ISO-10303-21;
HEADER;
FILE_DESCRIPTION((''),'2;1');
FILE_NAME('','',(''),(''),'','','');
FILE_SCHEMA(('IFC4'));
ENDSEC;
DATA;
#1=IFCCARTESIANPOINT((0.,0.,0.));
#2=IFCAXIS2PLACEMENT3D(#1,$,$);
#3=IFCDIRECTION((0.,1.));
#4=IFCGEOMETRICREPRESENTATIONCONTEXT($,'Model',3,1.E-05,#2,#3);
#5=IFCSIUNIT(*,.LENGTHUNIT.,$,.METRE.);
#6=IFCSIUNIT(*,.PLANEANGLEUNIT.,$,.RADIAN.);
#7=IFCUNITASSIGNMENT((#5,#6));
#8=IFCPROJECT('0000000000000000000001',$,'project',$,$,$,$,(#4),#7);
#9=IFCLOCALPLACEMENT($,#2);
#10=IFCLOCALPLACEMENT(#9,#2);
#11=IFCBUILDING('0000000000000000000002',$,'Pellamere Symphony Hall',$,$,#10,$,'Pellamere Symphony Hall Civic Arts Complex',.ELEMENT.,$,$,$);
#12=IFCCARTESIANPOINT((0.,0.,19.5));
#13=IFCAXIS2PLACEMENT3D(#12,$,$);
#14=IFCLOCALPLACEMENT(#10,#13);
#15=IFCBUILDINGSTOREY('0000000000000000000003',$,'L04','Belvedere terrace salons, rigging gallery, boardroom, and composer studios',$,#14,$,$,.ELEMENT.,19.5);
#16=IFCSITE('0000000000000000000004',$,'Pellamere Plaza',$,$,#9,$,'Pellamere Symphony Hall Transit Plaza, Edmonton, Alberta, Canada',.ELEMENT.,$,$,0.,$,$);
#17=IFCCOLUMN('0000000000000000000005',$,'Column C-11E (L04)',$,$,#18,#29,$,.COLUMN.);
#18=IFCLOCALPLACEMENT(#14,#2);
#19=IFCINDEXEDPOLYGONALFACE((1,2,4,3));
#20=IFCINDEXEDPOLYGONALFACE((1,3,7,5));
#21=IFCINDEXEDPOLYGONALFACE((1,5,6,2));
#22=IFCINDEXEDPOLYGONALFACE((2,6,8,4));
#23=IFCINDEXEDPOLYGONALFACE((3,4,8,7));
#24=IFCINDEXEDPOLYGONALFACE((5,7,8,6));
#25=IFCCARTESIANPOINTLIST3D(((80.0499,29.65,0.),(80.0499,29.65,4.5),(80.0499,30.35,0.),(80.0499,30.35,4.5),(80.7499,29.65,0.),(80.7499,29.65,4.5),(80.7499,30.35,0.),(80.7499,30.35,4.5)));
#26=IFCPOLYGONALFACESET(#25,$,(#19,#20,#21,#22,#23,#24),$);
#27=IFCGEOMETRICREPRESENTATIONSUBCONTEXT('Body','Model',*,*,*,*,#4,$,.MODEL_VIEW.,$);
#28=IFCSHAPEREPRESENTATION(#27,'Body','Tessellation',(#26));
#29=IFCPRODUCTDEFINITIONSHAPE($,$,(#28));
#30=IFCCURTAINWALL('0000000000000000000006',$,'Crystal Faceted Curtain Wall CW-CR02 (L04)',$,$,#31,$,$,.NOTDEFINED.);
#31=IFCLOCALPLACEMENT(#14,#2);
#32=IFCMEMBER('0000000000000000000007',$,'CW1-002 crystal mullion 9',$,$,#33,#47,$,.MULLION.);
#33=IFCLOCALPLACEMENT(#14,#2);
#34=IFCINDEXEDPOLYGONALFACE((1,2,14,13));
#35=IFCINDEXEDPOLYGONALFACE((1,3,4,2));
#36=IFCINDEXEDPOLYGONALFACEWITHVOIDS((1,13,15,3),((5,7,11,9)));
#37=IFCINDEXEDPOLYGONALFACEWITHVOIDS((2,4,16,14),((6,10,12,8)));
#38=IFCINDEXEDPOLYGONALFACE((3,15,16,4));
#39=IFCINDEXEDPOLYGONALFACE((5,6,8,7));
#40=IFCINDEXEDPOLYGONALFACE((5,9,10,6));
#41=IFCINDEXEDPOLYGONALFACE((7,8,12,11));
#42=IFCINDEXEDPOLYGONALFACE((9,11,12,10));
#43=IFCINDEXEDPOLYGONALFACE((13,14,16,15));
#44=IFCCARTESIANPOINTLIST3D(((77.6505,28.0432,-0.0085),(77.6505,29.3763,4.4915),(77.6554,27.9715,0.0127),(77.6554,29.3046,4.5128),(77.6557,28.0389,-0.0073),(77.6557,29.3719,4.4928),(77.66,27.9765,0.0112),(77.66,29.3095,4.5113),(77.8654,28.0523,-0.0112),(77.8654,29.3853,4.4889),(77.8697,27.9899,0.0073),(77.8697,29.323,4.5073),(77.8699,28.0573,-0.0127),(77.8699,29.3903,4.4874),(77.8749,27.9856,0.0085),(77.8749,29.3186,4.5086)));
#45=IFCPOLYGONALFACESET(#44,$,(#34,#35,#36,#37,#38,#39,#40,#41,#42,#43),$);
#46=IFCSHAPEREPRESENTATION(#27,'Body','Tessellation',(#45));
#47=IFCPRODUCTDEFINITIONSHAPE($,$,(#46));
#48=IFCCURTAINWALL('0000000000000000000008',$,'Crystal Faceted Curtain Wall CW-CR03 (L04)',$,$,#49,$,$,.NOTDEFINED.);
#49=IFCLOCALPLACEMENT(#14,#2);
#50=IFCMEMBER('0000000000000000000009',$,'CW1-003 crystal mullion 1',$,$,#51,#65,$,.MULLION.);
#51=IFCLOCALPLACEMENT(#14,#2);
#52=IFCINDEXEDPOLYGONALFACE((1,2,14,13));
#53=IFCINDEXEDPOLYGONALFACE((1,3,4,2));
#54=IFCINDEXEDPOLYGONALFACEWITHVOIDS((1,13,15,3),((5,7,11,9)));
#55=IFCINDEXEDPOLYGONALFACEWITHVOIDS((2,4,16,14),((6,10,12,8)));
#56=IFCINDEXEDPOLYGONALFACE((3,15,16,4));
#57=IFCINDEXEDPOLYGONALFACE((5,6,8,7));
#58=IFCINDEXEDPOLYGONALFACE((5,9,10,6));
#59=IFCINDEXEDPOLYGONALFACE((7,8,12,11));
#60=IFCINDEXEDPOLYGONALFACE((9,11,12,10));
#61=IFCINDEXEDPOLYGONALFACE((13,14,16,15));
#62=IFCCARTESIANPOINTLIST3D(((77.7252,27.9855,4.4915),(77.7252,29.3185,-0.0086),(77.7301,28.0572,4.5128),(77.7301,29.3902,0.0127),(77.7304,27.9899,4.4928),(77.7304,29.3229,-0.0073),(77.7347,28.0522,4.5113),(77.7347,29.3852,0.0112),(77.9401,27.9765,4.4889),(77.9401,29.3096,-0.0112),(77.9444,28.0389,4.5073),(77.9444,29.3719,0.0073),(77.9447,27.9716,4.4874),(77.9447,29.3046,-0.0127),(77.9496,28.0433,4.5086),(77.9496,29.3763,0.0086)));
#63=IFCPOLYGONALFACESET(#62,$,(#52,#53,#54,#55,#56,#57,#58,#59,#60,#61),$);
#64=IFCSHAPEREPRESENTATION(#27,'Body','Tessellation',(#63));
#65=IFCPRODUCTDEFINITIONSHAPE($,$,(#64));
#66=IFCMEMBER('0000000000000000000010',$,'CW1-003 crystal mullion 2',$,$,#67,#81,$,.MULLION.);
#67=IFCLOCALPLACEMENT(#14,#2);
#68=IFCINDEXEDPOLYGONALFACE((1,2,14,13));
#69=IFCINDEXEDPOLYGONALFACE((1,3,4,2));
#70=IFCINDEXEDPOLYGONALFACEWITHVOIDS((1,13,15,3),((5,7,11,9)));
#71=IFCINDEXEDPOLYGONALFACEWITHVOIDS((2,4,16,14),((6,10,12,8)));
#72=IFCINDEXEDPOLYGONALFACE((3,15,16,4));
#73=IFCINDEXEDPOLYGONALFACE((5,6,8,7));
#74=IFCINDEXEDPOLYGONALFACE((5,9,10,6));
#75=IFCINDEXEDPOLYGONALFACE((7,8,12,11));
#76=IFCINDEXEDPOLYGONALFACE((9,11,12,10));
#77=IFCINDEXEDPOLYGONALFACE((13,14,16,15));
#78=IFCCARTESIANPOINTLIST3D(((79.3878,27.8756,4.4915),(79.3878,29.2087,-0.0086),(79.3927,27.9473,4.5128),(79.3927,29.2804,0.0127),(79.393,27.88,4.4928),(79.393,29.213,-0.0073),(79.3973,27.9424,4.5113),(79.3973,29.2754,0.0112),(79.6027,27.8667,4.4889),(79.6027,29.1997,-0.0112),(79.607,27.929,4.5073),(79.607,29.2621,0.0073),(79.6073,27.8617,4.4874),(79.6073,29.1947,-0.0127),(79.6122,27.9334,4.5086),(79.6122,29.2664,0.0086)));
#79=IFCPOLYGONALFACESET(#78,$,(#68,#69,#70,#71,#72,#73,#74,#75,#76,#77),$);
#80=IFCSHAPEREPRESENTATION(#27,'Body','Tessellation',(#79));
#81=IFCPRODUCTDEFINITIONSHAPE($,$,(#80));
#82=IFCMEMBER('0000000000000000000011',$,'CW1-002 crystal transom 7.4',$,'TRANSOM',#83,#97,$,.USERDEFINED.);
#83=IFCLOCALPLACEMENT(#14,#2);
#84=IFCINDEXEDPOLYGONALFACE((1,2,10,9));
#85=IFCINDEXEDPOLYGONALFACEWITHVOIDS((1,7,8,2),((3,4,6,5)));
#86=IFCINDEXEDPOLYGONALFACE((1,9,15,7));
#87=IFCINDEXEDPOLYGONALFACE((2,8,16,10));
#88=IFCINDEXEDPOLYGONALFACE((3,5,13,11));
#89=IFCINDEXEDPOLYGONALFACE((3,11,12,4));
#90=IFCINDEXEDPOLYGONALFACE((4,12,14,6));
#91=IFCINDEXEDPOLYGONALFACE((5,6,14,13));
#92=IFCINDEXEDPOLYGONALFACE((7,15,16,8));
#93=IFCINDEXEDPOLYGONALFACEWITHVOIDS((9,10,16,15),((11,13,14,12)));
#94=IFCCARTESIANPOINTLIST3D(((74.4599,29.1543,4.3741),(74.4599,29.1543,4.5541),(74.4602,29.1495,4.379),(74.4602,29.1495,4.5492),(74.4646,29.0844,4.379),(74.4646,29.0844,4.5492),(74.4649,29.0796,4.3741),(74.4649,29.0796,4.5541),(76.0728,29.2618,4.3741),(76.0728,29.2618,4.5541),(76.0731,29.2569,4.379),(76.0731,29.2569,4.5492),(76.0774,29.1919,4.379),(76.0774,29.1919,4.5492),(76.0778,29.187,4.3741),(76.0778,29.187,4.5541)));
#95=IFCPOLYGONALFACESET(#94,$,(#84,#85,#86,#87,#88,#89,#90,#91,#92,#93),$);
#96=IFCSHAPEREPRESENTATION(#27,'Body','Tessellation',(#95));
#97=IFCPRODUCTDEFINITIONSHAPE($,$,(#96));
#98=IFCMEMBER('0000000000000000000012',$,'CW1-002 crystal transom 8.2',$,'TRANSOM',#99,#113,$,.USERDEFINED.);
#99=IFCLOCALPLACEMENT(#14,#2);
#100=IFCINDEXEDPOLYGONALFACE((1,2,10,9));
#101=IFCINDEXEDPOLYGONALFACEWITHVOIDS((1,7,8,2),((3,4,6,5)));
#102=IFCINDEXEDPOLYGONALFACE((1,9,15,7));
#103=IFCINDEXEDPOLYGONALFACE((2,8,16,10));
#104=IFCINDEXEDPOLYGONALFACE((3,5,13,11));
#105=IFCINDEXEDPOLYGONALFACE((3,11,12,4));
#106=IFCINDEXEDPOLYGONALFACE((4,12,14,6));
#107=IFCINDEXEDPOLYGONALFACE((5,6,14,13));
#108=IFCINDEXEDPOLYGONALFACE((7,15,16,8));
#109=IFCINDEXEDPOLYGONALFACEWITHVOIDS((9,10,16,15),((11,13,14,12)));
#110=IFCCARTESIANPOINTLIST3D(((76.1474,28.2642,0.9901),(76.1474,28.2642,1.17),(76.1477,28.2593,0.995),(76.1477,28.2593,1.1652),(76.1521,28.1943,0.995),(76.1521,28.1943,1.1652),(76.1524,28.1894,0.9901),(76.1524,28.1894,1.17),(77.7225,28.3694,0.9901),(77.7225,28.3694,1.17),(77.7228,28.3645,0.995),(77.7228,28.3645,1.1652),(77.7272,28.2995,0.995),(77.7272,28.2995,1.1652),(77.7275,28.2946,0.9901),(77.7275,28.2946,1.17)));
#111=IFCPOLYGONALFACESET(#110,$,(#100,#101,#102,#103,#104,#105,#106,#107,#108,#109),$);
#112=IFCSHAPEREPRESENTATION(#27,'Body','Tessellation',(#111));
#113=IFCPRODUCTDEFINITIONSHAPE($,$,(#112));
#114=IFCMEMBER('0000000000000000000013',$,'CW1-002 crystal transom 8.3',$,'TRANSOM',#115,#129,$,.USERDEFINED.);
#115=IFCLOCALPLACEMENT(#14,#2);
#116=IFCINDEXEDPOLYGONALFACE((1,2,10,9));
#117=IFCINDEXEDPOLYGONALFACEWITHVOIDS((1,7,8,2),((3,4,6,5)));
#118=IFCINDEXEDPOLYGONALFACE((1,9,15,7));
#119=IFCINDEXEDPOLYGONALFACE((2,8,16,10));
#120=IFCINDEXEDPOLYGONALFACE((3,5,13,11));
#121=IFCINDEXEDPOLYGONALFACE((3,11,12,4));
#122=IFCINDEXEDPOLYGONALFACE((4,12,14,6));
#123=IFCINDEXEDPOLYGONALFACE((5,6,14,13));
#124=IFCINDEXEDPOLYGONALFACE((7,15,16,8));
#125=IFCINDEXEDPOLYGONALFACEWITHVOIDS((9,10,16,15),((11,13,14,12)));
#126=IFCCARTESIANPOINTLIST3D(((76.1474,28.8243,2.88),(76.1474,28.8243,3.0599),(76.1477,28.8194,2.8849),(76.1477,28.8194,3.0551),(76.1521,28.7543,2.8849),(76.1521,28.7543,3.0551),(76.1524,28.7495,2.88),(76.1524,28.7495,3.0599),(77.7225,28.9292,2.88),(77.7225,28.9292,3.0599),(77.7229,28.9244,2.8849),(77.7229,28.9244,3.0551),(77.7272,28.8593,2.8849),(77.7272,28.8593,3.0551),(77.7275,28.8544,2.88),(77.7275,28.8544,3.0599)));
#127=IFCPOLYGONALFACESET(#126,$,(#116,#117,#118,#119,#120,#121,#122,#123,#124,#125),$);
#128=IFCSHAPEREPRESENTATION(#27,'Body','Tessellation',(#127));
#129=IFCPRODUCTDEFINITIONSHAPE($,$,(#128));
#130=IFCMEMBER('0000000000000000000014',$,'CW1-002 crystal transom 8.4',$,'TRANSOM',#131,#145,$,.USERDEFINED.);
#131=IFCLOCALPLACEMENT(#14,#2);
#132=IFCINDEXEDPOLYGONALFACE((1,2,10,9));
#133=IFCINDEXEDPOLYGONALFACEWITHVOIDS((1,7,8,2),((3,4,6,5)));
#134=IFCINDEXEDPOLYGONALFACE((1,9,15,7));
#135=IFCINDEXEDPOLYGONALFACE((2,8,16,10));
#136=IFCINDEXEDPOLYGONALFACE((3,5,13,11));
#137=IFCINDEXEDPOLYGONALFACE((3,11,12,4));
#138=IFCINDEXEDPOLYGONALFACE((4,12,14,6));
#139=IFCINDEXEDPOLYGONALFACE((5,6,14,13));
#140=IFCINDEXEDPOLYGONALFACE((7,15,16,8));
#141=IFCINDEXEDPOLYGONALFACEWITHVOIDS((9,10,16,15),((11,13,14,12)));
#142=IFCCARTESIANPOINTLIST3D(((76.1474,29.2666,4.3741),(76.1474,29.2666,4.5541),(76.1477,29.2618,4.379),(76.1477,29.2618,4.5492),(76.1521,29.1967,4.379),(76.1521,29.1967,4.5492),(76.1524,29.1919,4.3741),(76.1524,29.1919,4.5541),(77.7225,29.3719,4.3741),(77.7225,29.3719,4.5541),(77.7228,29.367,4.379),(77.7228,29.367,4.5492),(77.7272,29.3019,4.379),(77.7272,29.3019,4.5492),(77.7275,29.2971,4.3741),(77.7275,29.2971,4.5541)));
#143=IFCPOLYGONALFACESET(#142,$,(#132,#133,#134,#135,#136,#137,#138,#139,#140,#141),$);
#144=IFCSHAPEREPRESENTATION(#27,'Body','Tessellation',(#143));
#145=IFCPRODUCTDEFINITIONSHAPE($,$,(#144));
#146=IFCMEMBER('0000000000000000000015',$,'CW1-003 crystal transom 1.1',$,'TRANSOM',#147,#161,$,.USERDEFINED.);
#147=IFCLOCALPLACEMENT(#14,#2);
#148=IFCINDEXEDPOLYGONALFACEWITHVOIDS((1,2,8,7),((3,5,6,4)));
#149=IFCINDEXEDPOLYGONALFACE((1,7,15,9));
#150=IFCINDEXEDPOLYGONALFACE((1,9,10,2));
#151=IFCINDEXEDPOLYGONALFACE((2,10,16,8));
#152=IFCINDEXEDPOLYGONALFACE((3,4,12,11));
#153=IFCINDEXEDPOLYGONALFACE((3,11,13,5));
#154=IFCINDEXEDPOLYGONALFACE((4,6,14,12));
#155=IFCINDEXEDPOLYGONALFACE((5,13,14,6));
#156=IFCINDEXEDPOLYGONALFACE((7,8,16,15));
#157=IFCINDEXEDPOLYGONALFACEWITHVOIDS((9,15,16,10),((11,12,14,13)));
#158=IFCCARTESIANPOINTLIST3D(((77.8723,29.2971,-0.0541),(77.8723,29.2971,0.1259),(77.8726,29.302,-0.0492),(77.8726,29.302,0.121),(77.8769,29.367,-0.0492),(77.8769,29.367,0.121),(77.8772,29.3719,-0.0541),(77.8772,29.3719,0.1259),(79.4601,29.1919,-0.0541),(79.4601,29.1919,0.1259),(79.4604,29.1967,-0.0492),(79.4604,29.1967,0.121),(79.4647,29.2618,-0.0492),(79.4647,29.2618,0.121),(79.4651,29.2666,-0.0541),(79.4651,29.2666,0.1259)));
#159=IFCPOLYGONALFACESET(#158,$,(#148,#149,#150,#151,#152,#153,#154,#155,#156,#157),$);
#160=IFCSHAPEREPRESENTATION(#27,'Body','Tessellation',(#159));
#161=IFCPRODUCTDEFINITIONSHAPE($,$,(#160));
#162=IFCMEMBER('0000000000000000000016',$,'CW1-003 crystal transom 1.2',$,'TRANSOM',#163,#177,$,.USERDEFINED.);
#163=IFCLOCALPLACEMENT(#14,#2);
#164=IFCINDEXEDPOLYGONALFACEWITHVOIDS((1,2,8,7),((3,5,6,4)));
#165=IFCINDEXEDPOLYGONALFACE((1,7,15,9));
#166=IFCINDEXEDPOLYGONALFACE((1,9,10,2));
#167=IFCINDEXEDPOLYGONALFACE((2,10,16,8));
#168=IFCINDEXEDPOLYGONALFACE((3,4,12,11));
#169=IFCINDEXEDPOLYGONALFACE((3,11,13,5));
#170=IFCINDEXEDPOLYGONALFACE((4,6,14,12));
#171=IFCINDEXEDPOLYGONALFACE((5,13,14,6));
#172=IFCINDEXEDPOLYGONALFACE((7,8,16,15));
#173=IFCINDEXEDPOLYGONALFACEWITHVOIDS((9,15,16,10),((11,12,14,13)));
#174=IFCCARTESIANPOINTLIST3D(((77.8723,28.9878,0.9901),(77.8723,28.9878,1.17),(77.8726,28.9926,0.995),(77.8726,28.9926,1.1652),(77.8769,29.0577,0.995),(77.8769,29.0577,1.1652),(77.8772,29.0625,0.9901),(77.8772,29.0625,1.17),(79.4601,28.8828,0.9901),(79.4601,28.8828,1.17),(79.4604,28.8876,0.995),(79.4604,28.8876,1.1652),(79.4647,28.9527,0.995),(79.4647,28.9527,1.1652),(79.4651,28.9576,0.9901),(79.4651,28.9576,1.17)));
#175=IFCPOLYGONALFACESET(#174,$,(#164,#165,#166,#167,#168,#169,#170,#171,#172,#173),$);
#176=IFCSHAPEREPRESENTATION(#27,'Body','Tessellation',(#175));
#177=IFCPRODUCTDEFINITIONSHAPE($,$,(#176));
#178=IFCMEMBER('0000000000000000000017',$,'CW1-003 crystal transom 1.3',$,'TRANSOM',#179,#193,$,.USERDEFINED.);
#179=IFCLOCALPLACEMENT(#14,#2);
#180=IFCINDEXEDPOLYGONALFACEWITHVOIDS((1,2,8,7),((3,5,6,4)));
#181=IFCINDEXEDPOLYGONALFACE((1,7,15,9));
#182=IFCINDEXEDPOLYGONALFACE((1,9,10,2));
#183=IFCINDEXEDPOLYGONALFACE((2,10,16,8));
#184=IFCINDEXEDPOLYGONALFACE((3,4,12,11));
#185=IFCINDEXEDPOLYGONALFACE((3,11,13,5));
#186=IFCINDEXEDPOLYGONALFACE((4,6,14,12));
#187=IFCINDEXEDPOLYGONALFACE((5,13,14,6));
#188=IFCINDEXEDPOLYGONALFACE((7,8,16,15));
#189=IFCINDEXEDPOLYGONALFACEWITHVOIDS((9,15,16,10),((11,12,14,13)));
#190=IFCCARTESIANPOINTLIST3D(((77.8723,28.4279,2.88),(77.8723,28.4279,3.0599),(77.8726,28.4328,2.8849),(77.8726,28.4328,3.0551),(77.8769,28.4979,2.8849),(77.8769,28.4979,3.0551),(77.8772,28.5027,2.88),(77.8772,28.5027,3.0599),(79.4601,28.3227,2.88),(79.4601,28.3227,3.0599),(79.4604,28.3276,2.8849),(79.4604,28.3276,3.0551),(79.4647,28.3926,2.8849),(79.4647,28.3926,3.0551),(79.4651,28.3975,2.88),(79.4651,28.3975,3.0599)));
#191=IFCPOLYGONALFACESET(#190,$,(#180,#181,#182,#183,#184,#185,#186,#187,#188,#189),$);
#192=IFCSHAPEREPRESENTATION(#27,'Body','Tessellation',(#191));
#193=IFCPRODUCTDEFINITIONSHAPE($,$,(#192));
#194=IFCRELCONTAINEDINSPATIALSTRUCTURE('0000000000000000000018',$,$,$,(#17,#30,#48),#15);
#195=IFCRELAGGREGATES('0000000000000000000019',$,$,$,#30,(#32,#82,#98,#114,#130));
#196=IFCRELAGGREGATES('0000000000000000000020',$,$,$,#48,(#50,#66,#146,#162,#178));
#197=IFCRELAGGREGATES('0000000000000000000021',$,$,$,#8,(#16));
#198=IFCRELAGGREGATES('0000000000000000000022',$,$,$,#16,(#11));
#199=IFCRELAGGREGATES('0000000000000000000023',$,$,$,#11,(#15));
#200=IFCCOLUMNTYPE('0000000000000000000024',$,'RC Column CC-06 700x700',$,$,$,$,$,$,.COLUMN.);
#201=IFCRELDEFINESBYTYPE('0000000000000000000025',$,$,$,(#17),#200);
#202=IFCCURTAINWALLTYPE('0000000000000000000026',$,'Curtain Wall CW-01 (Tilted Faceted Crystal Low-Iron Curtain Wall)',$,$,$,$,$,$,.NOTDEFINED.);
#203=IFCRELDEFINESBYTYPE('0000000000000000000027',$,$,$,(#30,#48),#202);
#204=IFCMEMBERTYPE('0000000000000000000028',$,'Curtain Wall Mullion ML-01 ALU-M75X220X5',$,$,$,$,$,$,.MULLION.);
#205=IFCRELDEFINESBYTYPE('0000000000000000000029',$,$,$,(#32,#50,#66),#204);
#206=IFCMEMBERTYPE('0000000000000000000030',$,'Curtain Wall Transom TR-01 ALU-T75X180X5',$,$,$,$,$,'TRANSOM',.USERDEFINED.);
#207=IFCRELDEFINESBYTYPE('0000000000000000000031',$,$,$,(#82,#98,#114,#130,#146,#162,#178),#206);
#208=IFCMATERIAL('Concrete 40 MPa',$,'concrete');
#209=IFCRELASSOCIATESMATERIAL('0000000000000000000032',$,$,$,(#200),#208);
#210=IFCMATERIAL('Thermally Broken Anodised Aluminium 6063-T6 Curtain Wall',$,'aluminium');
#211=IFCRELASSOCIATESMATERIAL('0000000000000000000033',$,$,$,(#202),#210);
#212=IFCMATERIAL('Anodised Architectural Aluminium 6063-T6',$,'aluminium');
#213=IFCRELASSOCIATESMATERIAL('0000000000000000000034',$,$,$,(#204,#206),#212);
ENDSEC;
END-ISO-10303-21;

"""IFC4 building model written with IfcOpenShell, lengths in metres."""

from ifc_helpers import new_model, si_unit, direction, frame, origin, origin_2d, place, context, subcontext, project, spatial, rectangle, hollow_rectangle, extrude, material, material_profile, profile_set, type_object, element, aggregate, save


model = new_model("IFC4")

# Units and contexts
model_context = context("Model", 3, precision=1e-05, world=origin(), true_north=direction((0.0, 1.0)))
body_context = subcontext(model_context, "Body", "Model", "MODEL_VIEW")
ifc_project = project(units=[si_unit("LENGTHUNIT", "METRE"), si_unit("PLANEANGLEUNIT", "RADIAN")], contexts=[model_context])

# Site, building, storey
site_placement = place(None, origin())
site = spatial("IfcSite", under=ifc_project, at=site_placement, Name="Pellamere Plaza", LongName="Pellamere Symphony Hall Transit Plaza, Edmonton, Alberta, Canada", CompositionType="ELEMENT", RefElevation=0.0)
building_placement = place(site_placement, origin())
building = spatial("IfcBuilding", under=site, at=building_placement, Name="Pellamere Symphony Hall", LongName="Pellamere Symphony Hall Civic Arts Complex", CompositionType="ELEMENT")
storey_placement = place(building_placement, frame((0.0, 0.0, 19.5)))
storey = spatial("IfcBuildingStorey", under=building, at=storey_placement, Name="L04", Description="Belvedere terrace salons, rigging gallery, boardroom, and composer studios", CompositionType="ELEMENT", Elevation=19.5)

# Column
ifc_material_1 = material(Name="Concrete 40 MPa", Category="concrete")
ifc_material_profile_1 = material_profile(ifc_material_1, rectangle(XDim=0.7, YDim=0.7, at=origin_2d()), Name="RC 700x700")
ifc_profile_set_1 = profile_set([ifc_material_profile_1], Name="Concrete 40 MPa")
column_type = type_object("IfcColumnType", Name="RC Column CC-06 700x700", PredefinedType="COLUMN", material=ifc_profile_set_1)
column_placement = place(storey_placement, frame((80.3999, 30.0, 0.0), z_axis=(0.0, 0.0, 1.0), x_axis=(1.0, 0.0, 0.0)))
element("IfcColumn", 1, at=column_placement, inside=storey, type_object=column_type, Name="Column C-11E (L04)", PredefinedType="COLUMN", context=body_context, shape_type="SweptSolid", body=[
    extrude(rectangle(XDim=0.7, YDim=0.7, at=origin_2d()), origin(), (0.0, 0.0, 1.0), 4.5),
])

# Curtain wall, member
ifc_material_2 = material(Name="Thermally Broken Anodised Aluminium 6063-T6 Curtain Wall", Category="aluminium")
curtain_wall_type = type_object("IfcCurtainWallType", Name="Curtain Wall CW-01 (Tilted Faceted Crystal Low-Iron Curtain Wall)", PredefinedType="NOTDEFINED", material=ifc_material_2)
curtain_wall_1_placement = place(storey_placement, origin())
curtain_wall_1 = element("IfcCurtainWall", 2, at=curtain_wall_1_placement, inside=storey, type_object=curtain_wall_type, Name="Crystal Faceted Curtain Wall CW-CR02 (L04)", PredefinedType="NOTDEFINED")
ifc_material_3 = material(Name="Anodised Architectural Aluminium 6063-T6", Category="aluminium")
ifc_material_profile_2 = material_profile(ifc_material_3, hollow_rectangle(XDim=0.075, YDim=0.22, WallThickness=0.0049, at=origin_2d()), Name="ALU-M75X220X5")
ifc_profile_set_2 = profile_set([ifc_material_profile_2], Name="Anodised Architectural Aluminium 6063-T6")
member_type_1 = type_object("IfcMemberType", Name="Curtain Wall Mullion ML-01 ALU-M75X220X5", PredefinedType="MULLION", material=ifc_profile_set_2)
member_1_placement = place(storey_placement, frame((77.7627, 28.0144, 0.0), z_axis=(0.0, 0.284025, 0.958817), x_axis=(0.066519, -0.956693, 0.283395)))
member_1 = element("IfcMember", 3, at=member_1_placement, type_object=member_type_1, Name="CW1-002 crystal mullion 9", PredefinedType="MULLION", context=body_context, shape_type="SweptSolid", body=[
    extrude(hollow_rectangle(XDim=0.075, YDim=0.22, WallThickness=0.0049, at=origin_2d()), origin(), (0.0, 0.0, 1.0), 4.6934),
])

# Curtain wall, members
curtain_wall_2_placement = place(storey_placement, origin())
curtain_wall_2 = element("IfcCurtainWall", 4, at=curtain_wall_2_placement, inside=storey, type_object=curtain_wall_type, Name="Crystal Faceted Curtain Wall CW-CR03 (L04)", PredefinedType="NOTDEFINED")
member_2_placement = place(storey_placement, frame((77.8374, 29.3474, 0.0), z_axis=(0.0, -0.284025, 0.958817), x_axis=(0.066032, 0.956724, 0.283405)))
member_2 = element("IfcMember", 5, at=member_2_placement, type_object=member_type_1, Name="CW1-003 crystal mullion 1", PredefinedType="MULLION", context=body_context, shape_type="SweptSolid", body=[
    extrude(hollow_rectangle(XDim=0.075, YDim=0.22, WallThickness=0.0049, at=origin_2d()), origin(), (0.0, 0.0, 1.0), 4.6934),
])
member_3_placement = place(storey_placement, frame((79.5, 29.2375, 0.0), z_axis=(0.0, -0.284025, 0.958817), x_axis=(0.066032, 0.956724, 0.283405)))
member_3 = element("IfcMember", 6, at=member_3_placement, type_object=member_type_1, Name="CW1-003 crystal mullion 2", PredefinedType="MULLION", context=body_context, shape_type="SweptSolid", body=[
    extrude(hollow_rectangle(XDim=0.075, YDim=0.22, WallThickness=0.0049, at=origin_2d()), origin(), (0.0, 0.0, 1.0), 4.6934),
])

# Members
ifc_material_profile_3 = material_profile(ifc_material_3, hollow_rectangle(XDim=0.075, YDim=0.1799, WallThickness=0.0049, at=origin_2d()), Name="ALU-T75X180X5")
ifc_profile_set_3 = profile_set([ifc_material_profile_3], Name="Anodised Architectural Aluminium 6063-T6")
member_type_2 = type_object("IfcMemberType", Name="Curtain Wall Transom TR-01 ALU-T75X180X5", ElementType="TRANSOM", PredefinedType="USERDEFINED", material=ifc_profile_set_3)
member_4_placement = place(storey_placement, frame((74.4624, 29.1169, 4.4641), z_axis=(0.997789, 0.066459, 0.0), x_axis=(-0.066459, 0.997789, 0.0)))
member_4 = element("IfcMember", 7, at=member_4_placement, type_object=member_type_2, Name="CW1-002 crystal transom 7.4", ObjectType="TRANSOM", PredefinedType="USERDEFINED", context=body_context, shape_type="SweptSolid", body=[
    extrude(hollow_rectangle(XDim=0.075, YDim=0.1799, WallThickness=0.0049, at=origin_2d()), origin(), (0.0, 0.0, 1.0), 1.6165),
])
member_5_placement = place(storey_placement, frame((76.1499, 28.2268, 1.0801), z_axis=(0.997776, 0.066652, 0.0), x_axis=(-0.066652, 0.997776, 0.0)))
member_5 = element("IfcMember", 8, at=member_5_placement, type_object=member_type_2, Name="CW1-002 crystal transom 8.2", ObjectType="TRANSOM", PredefinedType="USERDEFINED", context=body_context, shape_type="SweptSolid", body=[
    extrude(hollow_rectangle(XDim=0.075, YDim=0.1799, WallThickness=0.0049, at=origin_2d()), origin(), (0.0, 0.0, 1.0), 1.5786),
])
member_6_placement = place(storey_placement, frame((76.1499, 28.7869, 2.97), z_axis=(0.997787, 0.066498, 0.0), x_axis=(-0.066498, 0.997787, 0.0)))
member_6 = element("IfcMember", 9, at=member_6_placement, type_object=member_type_2, Name="CW1-002 crystal transom 8.3", ObjectType="TRANSOM", PredefinedType="USERDEFINED", context=body_context, shape_type="SweptSolid", body=[
    extrude(hollow_rectangle(XDim=0.075, YDim=0.1799, WallThickness=0.0049, at=origin_2d()), origin(), (0.0, 0.0, 1.0), 1.5786),
])
member_7_placement = place(storey_placement, frame((76.1499, 29.2292, 4.4641), z_axis=(0.997776, 0.066652, 0.0), x_axis=(-0.066652, 0.997776, 0.0)))
member_7 = element("IfcMember", 10, at=member_7_placement, type_object=member_type_2, Name="CW1-002 crystal transom 8.4", ObjectType="TRANSOM", PredefinedType="USERDEFINED", context=body_context, shape_type="SweptSolid", body=[
    extrude(hollow_rectangle(XDim=0.075, YDim=0.1799, WallThickness=0.0049, at=origin_2d()), origin(), (0.0, 0.0, 1.0), 1.5786),
])
member_8_placement = place(storey_placement, frame((77.8748, 29.3345, 0.0359), z_axis=(0.997812, -0.066122, 0.0), x_axis=(0.066122, 0.997812, 0.0)))
member_8 = element("IfcMember", 11, at=member_8_placement, type_object=member_type_2, Name="CW1-003 crystal transom 1.1", ObjectType="TRANSOM", PredefinedType="USERDEFINED", context=body_context, shape_type="SweptSolid", body=[
    extrude(hollow_rectangle(XDim=0.075, YDim=0.1799, WallThickness=0.0049, at=origin_2d()), origin(), (0.0, 0.0, 1.0), 1.5913),
])
member_9_placement = place(storey_placement, frame((77.8748, 29.0251, 1.0801), z_axis=(0.997822, -0.065969, 0.0), x_axis=(0.065969, 0.997822, 0.0)))
member_9 = element("IfcMember", 12, at=member_9_placement, type_object=member_type_2, Name="CW1-003 crystal transom 1.2", ObjectType="TRANSOM", PredefinedType="USERDEFINED", context=body_context, shape_type="SweptSolid", body=[
    extrude(hollow_rectangle(XDim=0.075, YDim=0.1799, WallThickness=0.0049, at=origin_2d()), origin(), (0.0, 0.0, 1.0), 1.5913),
])
member_10_placement = place(storey_placement, frame((77.8748, 28.4653, 2.97), z_axis=(0.997812, -0.066122, 0.0), x_axis=(0.066122, 0.997812, 0.0)))
member_10 = element("IfcMember", 13, at=member_10_placement, type_object=member_type_2, Name="CW1-003 crystal transom 1.3", ObjectType="TRANSOM", PredefinedType="USERDEFINED", context=body_context, shape_type="SweptSolid", body=[
    extrude(hollow_rectangle(XDim=0.075, YDim=0.1799, WallThickness=0.0049, at=origin_2d()), origin(), (0.0, 0.0, 1.0), 1.5913),
])

aggregate(curtain_wall_1, [member_1, member_4, member_5, member_6, member_7])
aggregate(curtain_wall_2, [member_2, member_3, member_8, member_9, member_10])

save(model, "model.ifc")
